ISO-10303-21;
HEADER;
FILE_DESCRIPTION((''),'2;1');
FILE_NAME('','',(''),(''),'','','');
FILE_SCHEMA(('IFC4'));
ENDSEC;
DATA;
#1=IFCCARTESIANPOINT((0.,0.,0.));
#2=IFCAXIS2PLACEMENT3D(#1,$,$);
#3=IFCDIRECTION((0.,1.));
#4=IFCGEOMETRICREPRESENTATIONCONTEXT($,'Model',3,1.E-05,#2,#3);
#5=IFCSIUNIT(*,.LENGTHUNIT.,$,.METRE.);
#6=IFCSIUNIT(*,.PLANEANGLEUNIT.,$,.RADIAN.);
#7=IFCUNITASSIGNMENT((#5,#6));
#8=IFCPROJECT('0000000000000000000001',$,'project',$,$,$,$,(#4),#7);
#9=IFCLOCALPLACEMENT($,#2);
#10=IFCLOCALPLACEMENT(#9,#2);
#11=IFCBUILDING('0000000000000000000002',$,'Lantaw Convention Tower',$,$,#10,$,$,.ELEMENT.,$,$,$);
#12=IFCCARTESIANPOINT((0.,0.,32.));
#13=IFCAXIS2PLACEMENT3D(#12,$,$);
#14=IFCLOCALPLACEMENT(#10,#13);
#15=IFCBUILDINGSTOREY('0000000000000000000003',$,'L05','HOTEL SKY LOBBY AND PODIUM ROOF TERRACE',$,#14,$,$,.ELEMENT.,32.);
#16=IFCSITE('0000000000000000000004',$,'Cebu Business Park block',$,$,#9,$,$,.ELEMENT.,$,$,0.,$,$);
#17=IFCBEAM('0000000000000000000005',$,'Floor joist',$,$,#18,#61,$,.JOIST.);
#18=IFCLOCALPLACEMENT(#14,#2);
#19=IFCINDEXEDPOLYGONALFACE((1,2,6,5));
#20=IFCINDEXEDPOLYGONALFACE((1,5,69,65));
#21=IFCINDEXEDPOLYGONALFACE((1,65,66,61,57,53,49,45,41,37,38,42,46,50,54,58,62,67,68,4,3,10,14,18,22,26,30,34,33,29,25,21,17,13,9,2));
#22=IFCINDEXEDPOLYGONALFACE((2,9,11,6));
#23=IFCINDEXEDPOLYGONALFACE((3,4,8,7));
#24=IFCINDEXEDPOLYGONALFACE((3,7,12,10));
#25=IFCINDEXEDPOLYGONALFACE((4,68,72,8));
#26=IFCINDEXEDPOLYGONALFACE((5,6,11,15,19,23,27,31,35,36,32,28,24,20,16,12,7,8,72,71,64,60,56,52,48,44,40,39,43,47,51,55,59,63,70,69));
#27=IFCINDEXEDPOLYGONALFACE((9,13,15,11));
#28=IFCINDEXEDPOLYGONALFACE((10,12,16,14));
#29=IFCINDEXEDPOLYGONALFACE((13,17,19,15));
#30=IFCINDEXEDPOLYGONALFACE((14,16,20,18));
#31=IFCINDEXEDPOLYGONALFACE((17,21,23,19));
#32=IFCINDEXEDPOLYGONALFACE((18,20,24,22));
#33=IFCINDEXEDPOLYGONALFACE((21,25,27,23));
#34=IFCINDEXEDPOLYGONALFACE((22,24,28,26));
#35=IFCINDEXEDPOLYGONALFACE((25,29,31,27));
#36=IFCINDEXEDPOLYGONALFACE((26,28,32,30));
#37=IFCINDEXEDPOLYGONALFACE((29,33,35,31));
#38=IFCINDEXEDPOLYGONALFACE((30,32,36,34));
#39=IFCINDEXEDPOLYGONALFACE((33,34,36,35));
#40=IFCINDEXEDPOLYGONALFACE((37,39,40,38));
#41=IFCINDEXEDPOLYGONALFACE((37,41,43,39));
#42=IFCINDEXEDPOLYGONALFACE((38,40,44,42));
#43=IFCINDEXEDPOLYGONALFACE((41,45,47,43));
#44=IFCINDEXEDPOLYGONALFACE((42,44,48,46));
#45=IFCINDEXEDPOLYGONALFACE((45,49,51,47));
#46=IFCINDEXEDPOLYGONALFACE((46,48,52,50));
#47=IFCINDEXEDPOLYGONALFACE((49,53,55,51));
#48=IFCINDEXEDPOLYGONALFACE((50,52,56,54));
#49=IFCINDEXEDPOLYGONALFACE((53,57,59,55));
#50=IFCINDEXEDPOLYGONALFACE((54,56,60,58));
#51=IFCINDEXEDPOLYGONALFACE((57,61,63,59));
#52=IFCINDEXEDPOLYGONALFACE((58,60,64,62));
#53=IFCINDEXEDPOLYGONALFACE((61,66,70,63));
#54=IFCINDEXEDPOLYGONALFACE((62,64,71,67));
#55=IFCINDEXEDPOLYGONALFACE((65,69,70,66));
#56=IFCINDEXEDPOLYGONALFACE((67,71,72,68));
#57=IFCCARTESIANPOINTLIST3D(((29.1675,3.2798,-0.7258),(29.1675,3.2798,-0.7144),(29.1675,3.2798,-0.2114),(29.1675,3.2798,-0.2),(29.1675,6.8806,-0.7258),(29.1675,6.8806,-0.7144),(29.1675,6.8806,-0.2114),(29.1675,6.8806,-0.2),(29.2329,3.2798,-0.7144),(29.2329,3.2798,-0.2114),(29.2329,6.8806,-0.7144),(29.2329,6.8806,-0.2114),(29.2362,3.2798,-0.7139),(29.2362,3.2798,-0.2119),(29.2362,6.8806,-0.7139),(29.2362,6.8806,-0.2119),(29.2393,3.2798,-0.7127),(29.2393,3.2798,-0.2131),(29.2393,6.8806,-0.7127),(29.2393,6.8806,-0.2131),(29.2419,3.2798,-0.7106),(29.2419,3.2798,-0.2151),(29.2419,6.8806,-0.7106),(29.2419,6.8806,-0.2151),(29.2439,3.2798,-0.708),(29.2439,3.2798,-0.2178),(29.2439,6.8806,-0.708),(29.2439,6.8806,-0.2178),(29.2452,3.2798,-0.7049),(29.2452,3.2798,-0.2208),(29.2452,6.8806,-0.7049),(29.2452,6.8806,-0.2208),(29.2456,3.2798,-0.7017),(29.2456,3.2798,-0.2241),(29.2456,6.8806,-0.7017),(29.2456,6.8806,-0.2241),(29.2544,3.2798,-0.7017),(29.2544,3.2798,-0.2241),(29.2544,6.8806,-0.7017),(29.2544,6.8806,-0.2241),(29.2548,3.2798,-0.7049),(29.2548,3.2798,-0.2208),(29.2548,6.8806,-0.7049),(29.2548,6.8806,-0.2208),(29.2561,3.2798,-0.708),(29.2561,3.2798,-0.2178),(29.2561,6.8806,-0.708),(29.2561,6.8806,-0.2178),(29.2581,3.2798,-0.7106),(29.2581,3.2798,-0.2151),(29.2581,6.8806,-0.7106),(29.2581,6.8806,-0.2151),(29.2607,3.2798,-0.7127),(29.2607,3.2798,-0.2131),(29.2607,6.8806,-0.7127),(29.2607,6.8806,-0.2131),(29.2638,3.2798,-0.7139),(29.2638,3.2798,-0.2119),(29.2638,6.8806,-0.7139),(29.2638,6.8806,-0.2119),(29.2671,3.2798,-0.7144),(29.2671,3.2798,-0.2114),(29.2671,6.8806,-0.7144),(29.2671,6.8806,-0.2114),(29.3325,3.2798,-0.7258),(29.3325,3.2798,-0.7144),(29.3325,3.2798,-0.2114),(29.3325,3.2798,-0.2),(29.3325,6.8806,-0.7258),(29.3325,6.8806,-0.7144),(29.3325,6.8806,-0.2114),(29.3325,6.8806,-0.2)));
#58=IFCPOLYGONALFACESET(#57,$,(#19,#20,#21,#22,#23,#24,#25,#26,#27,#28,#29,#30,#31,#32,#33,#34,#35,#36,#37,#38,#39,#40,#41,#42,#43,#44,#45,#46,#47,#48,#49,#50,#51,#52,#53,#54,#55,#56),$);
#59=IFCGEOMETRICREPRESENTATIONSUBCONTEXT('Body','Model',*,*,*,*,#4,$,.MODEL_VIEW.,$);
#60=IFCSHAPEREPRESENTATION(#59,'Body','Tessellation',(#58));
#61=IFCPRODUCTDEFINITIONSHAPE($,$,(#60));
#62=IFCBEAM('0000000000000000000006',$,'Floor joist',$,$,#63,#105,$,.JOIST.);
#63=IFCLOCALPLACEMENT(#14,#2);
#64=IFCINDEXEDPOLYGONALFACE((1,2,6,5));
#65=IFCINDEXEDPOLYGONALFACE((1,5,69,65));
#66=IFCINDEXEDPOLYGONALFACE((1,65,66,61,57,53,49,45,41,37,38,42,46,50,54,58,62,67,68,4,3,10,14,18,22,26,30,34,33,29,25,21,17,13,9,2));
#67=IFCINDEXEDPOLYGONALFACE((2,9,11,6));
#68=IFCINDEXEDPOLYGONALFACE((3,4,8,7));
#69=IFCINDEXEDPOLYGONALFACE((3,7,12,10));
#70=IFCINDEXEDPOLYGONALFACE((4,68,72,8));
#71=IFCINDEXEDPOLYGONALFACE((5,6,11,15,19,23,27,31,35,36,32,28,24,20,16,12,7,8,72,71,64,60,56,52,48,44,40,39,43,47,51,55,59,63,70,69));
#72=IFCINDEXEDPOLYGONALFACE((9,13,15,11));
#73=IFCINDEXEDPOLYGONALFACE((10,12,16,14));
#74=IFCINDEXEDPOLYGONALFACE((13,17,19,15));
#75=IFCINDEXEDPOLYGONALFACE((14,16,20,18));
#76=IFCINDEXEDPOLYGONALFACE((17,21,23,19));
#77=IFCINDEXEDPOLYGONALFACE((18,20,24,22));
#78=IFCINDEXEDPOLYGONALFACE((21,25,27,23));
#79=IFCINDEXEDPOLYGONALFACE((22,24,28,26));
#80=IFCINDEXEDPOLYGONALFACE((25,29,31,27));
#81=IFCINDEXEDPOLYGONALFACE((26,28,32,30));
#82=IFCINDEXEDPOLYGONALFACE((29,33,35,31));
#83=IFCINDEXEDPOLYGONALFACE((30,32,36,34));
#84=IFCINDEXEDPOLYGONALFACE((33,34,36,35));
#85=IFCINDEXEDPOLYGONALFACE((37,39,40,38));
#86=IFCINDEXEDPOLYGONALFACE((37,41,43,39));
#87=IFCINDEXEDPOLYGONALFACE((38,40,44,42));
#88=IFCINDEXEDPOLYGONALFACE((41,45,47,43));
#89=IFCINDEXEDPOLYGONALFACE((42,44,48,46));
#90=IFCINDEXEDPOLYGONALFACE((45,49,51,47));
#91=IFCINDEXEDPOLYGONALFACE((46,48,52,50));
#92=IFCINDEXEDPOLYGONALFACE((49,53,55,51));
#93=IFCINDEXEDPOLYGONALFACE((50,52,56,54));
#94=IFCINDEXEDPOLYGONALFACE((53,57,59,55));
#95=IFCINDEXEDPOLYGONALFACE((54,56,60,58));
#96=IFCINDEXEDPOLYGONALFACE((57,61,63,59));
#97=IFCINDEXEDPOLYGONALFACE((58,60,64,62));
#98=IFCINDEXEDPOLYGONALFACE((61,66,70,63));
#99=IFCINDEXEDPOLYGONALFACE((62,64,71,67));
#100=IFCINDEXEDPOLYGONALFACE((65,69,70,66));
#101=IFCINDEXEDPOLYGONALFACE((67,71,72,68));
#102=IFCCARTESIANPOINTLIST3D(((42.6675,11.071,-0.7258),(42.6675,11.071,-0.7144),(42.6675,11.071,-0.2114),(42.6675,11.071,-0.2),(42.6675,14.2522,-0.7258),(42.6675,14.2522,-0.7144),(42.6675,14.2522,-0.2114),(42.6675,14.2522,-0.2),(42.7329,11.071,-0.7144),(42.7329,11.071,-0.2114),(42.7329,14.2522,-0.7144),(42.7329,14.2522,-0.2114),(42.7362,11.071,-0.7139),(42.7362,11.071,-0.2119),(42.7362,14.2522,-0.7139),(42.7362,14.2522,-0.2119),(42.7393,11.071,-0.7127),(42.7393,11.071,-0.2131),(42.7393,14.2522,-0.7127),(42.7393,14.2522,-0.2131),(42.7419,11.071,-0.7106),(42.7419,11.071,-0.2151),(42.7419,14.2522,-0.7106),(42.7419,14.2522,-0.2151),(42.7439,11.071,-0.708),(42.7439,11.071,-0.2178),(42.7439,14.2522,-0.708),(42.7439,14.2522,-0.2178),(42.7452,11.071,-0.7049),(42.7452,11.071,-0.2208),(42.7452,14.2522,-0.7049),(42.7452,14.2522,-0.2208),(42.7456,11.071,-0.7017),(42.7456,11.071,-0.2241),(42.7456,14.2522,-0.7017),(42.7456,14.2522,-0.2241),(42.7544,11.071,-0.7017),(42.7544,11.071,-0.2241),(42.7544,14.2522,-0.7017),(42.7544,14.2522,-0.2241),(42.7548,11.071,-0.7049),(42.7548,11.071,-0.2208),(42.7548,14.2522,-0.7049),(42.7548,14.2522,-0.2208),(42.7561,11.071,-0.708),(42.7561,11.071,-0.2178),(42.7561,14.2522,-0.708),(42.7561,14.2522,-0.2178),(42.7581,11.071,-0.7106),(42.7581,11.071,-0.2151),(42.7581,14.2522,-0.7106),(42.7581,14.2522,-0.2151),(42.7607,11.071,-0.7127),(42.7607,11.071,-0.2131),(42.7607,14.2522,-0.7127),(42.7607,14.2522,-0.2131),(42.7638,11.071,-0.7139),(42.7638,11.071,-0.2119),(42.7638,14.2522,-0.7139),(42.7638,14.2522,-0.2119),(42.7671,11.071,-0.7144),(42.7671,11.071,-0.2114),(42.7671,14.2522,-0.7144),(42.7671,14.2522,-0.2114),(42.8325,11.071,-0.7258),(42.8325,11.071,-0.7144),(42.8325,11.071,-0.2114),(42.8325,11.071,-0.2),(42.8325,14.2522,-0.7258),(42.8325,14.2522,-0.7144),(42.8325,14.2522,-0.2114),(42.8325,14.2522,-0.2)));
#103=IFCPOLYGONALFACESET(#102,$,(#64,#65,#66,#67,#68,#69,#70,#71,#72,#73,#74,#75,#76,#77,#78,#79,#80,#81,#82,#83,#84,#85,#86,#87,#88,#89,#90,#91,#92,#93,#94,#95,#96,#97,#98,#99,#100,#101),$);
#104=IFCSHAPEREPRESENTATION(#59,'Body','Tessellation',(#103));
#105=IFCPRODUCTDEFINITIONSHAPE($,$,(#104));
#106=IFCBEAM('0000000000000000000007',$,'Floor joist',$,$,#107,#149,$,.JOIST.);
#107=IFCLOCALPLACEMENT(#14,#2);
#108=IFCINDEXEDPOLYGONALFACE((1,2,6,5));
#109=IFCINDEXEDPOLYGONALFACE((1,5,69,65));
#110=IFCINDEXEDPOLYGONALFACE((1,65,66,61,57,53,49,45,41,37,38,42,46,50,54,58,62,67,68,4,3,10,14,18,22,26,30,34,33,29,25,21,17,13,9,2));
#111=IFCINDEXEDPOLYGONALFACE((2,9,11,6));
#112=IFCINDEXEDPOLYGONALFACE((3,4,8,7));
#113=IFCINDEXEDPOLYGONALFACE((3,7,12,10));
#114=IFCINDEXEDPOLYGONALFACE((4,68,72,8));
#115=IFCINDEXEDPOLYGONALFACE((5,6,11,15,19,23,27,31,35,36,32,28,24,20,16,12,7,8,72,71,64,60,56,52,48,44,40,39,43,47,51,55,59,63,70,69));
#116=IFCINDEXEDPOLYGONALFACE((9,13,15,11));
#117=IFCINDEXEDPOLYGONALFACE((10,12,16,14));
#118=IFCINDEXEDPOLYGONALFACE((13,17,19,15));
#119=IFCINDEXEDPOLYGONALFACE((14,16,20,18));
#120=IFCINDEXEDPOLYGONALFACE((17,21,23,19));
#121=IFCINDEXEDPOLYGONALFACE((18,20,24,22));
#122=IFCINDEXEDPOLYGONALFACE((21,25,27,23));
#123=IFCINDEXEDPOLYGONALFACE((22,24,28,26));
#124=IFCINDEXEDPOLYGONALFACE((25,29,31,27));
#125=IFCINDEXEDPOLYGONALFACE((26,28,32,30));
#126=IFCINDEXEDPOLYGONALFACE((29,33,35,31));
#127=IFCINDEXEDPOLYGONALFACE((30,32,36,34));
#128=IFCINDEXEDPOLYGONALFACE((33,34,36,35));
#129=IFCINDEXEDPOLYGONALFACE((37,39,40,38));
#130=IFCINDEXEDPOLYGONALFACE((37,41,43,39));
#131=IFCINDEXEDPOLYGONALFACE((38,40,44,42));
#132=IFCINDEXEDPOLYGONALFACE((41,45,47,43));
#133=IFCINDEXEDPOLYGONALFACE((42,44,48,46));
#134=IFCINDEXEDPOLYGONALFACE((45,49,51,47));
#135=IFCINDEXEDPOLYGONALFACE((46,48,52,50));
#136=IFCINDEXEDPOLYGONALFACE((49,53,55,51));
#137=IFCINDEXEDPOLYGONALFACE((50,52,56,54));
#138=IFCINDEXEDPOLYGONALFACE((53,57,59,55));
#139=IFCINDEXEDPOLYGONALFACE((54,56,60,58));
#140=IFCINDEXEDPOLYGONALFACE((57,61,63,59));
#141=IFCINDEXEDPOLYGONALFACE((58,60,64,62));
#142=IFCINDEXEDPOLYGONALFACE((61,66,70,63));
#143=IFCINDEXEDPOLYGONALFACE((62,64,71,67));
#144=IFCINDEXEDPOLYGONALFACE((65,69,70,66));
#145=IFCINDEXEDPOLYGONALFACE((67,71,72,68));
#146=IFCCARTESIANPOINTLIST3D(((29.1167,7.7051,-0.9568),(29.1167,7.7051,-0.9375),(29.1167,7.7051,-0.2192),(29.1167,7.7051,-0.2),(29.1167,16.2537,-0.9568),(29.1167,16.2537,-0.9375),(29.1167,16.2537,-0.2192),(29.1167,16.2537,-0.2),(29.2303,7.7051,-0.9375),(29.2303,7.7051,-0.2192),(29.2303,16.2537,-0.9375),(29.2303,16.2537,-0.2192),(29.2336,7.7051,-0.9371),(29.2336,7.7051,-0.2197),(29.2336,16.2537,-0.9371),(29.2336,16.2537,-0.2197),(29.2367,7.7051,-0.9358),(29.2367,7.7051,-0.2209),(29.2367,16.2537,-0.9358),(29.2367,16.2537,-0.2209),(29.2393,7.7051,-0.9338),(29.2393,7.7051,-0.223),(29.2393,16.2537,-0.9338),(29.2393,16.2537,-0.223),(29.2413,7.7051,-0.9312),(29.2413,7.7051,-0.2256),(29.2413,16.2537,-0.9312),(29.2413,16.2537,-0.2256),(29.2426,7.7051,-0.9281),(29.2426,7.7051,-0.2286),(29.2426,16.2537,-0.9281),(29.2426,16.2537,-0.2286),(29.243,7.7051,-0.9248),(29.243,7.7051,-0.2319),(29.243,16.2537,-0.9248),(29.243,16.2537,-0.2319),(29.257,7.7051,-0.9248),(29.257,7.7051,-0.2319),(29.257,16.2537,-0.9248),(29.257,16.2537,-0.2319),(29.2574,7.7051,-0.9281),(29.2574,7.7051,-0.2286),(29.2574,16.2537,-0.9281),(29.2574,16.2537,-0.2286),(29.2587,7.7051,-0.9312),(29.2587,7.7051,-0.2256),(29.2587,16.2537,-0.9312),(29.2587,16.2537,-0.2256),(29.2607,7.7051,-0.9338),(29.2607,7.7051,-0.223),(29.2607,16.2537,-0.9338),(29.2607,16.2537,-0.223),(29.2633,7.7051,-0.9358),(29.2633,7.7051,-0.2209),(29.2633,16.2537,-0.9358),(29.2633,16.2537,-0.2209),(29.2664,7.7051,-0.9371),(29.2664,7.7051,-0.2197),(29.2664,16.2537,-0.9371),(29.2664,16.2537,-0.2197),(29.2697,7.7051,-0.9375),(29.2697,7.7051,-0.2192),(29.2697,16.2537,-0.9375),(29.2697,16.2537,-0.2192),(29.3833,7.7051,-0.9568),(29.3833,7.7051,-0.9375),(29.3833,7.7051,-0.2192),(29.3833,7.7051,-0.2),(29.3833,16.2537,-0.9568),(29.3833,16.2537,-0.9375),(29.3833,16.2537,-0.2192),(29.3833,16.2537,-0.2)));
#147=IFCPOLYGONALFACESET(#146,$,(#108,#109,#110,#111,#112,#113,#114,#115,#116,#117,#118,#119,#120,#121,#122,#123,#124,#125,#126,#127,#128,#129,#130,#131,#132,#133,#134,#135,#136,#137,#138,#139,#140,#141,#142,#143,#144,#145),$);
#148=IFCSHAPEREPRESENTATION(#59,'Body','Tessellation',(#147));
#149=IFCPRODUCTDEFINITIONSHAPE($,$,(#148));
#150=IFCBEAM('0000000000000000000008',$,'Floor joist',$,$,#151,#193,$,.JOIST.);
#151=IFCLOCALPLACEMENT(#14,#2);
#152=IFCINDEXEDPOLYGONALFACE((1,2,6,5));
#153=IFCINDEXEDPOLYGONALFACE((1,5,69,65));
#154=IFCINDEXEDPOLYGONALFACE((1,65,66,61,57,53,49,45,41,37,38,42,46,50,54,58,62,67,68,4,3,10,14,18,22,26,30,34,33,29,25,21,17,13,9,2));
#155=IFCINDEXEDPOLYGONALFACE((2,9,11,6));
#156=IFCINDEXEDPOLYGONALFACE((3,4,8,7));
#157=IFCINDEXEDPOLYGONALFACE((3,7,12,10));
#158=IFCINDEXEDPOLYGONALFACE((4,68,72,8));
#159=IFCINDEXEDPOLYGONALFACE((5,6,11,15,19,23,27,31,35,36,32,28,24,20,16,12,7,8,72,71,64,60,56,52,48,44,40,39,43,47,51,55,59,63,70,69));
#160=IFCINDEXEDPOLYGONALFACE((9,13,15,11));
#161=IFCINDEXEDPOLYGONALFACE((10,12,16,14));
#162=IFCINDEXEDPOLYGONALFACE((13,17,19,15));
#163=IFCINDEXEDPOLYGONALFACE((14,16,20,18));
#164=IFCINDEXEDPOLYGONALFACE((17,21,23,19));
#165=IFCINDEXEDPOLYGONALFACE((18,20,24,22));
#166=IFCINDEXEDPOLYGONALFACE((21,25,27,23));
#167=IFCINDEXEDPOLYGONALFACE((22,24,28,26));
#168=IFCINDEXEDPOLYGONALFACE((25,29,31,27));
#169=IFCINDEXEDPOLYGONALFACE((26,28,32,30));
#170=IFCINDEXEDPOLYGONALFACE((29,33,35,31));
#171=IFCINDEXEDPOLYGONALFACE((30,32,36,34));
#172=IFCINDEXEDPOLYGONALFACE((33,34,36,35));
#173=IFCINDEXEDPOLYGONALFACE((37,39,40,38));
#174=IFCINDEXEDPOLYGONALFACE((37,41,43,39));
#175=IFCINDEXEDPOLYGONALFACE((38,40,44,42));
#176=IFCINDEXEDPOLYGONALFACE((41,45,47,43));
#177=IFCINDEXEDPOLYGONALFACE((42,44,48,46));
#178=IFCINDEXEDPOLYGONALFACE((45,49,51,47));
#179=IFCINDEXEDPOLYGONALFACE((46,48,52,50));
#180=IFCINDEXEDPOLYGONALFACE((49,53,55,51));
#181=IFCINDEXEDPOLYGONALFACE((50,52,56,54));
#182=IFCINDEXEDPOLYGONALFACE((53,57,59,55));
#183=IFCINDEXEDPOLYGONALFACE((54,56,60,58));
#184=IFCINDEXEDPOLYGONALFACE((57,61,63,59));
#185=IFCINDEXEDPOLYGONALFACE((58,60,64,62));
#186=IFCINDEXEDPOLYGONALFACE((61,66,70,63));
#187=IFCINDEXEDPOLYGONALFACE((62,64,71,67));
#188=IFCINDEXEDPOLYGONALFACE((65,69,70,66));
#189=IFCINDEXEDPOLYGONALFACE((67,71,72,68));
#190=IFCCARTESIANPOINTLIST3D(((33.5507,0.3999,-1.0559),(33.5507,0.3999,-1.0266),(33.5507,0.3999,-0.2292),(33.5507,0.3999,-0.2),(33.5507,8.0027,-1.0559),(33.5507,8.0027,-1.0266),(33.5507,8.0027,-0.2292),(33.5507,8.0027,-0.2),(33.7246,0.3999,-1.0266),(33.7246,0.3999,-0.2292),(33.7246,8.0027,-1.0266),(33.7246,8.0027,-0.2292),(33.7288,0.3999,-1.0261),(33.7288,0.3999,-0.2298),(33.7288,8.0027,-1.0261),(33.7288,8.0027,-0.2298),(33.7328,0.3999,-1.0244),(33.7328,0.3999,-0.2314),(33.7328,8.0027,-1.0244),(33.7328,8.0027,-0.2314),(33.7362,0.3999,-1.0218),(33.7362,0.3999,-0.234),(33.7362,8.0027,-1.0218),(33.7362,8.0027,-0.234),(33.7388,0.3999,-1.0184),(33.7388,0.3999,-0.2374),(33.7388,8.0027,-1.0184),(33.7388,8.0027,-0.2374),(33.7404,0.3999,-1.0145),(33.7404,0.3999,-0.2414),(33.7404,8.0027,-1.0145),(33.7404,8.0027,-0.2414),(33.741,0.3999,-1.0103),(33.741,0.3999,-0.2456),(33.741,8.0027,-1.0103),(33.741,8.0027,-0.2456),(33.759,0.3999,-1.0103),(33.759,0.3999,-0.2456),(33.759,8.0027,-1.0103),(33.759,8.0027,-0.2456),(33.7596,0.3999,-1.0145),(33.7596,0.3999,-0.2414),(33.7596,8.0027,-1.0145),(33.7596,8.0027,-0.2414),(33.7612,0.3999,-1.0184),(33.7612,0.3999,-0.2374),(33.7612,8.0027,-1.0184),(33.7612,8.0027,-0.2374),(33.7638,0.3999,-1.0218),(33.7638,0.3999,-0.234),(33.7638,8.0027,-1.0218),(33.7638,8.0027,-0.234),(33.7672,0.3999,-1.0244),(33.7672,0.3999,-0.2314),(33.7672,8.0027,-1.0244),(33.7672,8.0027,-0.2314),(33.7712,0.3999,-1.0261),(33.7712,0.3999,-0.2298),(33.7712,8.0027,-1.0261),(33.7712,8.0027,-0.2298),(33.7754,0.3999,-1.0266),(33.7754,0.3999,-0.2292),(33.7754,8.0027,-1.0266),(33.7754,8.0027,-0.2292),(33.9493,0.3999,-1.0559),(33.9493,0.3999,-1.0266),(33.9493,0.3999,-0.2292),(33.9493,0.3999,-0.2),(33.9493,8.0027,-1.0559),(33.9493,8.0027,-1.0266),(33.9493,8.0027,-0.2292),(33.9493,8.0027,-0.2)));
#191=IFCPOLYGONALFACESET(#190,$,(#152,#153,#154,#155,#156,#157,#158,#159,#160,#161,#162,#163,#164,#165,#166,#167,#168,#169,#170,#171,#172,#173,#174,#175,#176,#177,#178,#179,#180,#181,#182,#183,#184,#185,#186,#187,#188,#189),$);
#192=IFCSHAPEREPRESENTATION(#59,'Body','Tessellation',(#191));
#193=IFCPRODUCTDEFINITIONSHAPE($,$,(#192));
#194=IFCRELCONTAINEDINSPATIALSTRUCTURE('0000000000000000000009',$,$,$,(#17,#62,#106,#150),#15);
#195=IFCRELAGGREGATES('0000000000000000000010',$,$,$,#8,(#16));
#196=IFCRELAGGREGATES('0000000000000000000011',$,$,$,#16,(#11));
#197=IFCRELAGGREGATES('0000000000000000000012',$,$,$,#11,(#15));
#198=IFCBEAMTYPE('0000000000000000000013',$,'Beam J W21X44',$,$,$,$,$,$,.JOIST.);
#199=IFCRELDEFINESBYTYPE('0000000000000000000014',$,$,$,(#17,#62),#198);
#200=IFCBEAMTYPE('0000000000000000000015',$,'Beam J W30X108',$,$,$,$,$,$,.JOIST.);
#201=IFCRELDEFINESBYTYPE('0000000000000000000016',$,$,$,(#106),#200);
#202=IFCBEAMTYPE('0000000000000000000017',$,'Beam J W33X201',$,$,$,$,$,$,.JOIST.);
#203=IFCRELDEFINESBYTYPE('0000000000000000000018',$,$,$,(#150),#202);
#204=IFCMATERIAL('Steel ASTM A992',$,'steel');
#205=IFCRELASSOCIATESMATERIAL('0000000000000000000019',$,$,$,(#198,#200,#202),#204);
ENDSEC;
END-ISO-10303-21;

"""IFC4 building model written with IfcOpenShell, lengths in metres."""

from ifc_helpers import new_model, si_unit, direction, frame, origin, origin_2d, place, context, subcontext, project, spatial, i_section, extrude, material, material_profile, profile_set, type_object, element, save


model = new_model("IFC4")

# Units and contexts
model_context = context("Model", 3, precision=1e-05, world=origin(), true_north=direction((0.0, 1.0)))
body_context = subcontext(model_context, "Body", "Model", "MODEL_VIEW")
ifc_project = project(units=[si_unit("LENGTHUNIT", "METRE"), si_unit("PLANEANGLEUNIT", "RADIAN")], contexts=[model_context])

# Site, building, storey
site_placement = place(None, origin())
site = spatial("IfcSite", under=ifc_project, at=site_placement, Name="Cebu Business Park block", CompositionType="ELEMENT", RefElevation=0.0)
building_placement = place(site_placement, origin())
building = spatial("IfcBuilding", under=site, at=building_placement, Name="Lantaw Convention Tower", CompositionType="ELEMENT")
storey_placement = place(building_placement, frame((0.0, 0.0, 32.0)))
storey = spatial("IfcBuildingStorey", under=building, at=storey_placement, Name="L05", Description="HOTEL SKY LOBBY AND PODIUM ROOF TERRACE", CompositionType="ELEMENT", Elevation=32.0)

# Beams
ifc_material_1 = material(Name="Steel ASTM A992", Category="steel")
ifc_material_profile_1 = material_profile(ifc_material_1, i_section(OverallWidth=0.165, OverallDepth=0.5259, WebThickness=0.0088, FlangeThickness=0.0115, FilletRadius=0.0127, at=origin_2d()), Name="W21X44")
ifc_profile_set_1 = profile_set([ifc_material_profile_1], Name="Steel ASTM A992")
beam_type_1 = type_object("IfcBeamType", Name="Beam J W21X44", PredefinedType="JOIST", material=ifc_profile_set_1)
beam_1_placement = place(storey_placement, frame((29.25, 3.2798, -0.4629), z_axis=(0.0, 1.0, 0.0), x_axis=(-1.0, 0.0, 0.0)))
element("IfcBeam", 1, at=beam_1_placement, inside=storey, type_object=beam_type_1, Name="Floor joist", PredefinedType="JOIST", context=body_context, shape_type="SweptSolid", body=[
    extrude(i_section(OverallWidth=0.165, OverallDepth=0.5259, WebThickness=0.0088, FlangeThickness=0.0115, FilletRadius=0.0127, at=origin_2d()), origin(), (0.0, 0.0, 1.0), 3.6008),
])
beam_2_placement = place(storey_placement, frame((42.75, 11.071, -0.4629), z_axis=(0.0, 1.0, 0.0), x_axis=(-1.0, 0.0, 0.0)))
element("IfcBeam", 2, at=beam_2_placement, inside=storey, type_object=beam_type_1, Name="Floor joist", PredefinedType="JOIST", context=body_context, shape_type="SweptSolid", body=[
    extrude(i_section(OverallWidth=0.165, OverallDepth=0.5259, WebThickness=0.0088, FlangeThickness=0.0115, FilletRadius=0.0127, at=origin_2d()), origin(), (0.0, 0.0, 1.0), 3.1812),
])
ifc_material_profile_2 = material_profile(ifc_material_1, i_section(OverallWidth=0.2666, OverallDepth=0.7568, WebThickness=0.0139, FlangeThickness=0.0193, FilletRadius=0.0127, at=origin_2d()), Name="W30X108")
ifc_profile_set_2 = profile_set([ifc_material_profile_2], Name="Steel ASTM A992")
beam_type_2 = type_object("IfcBeamType", Name="Beam J W30X108", PredefinedType="JOIST", material=ifc_profile_set_2)
beam_3_placement = place(storey_placement, frame((29.25, 7.7051, -0.5784), z_axis=(0.0, 1.0, 0.0), x_axis=(-1.0, 0.0, 0.0)))
element("IfcBeam", 3, at=beam_3_placement, inside=storey, type_object=beam_type_2, Name="Floor joist", PredefinedType="JOIST", context=body_context, shape_type="SweptSolid", body=[
    extrude(i_section(OverallWidth=0.2666, OverallDepth=0.7568, WebThickness=0.0139, FlangeThickness=0.0193, FilletRadius=0.0127, at=origin_2d()), origin(), (0.0, 0.0, 1.0), 8.5486),
])
ifc_material_profile_3 = material_profile(ifc_material_1, i_section(OverallWidth=0.3987, OverallDepth=0.856, WebThickness=0.0181, FlangeThickness=0.0293, FilletRadius=0.0164, at=origin_2d()), Name="W33X201")
ifc_profile_set_3 = profile_set([ifc_material_profile_3], Name="Steel ASTM A992")
beam_type_3 = type_object("IfcBeamType", Name="Beam J W33X201", PredefinedType="JOIST", material=ifc_profile_set_3)
beam_4_placement = place(storey_placement, frame((33.75, 0.3999, -0.6279), z_axis=(0.0, 1.0, 0.0), x_axis=(-1.0, 0.0, 0.0)))
element("IfcBeam", 4, at=beam_4_placement, inside=storey, type_object=beam_type_3, Name="Floor joist", PredefinedType="JOIST", context=body_context, shape_type="SweptSolid", body=[
    extrude(i_section(OverallWidth=0.3987, OverallDepth=0.856, WebThickness=0.0181, FlangeThickness=0.0293, FilletRadius=0.0164, at=origin_2d()), origin(), (0.0, 0.0, 1.0), 7.6028),
])

save(model, "model.ifc")
